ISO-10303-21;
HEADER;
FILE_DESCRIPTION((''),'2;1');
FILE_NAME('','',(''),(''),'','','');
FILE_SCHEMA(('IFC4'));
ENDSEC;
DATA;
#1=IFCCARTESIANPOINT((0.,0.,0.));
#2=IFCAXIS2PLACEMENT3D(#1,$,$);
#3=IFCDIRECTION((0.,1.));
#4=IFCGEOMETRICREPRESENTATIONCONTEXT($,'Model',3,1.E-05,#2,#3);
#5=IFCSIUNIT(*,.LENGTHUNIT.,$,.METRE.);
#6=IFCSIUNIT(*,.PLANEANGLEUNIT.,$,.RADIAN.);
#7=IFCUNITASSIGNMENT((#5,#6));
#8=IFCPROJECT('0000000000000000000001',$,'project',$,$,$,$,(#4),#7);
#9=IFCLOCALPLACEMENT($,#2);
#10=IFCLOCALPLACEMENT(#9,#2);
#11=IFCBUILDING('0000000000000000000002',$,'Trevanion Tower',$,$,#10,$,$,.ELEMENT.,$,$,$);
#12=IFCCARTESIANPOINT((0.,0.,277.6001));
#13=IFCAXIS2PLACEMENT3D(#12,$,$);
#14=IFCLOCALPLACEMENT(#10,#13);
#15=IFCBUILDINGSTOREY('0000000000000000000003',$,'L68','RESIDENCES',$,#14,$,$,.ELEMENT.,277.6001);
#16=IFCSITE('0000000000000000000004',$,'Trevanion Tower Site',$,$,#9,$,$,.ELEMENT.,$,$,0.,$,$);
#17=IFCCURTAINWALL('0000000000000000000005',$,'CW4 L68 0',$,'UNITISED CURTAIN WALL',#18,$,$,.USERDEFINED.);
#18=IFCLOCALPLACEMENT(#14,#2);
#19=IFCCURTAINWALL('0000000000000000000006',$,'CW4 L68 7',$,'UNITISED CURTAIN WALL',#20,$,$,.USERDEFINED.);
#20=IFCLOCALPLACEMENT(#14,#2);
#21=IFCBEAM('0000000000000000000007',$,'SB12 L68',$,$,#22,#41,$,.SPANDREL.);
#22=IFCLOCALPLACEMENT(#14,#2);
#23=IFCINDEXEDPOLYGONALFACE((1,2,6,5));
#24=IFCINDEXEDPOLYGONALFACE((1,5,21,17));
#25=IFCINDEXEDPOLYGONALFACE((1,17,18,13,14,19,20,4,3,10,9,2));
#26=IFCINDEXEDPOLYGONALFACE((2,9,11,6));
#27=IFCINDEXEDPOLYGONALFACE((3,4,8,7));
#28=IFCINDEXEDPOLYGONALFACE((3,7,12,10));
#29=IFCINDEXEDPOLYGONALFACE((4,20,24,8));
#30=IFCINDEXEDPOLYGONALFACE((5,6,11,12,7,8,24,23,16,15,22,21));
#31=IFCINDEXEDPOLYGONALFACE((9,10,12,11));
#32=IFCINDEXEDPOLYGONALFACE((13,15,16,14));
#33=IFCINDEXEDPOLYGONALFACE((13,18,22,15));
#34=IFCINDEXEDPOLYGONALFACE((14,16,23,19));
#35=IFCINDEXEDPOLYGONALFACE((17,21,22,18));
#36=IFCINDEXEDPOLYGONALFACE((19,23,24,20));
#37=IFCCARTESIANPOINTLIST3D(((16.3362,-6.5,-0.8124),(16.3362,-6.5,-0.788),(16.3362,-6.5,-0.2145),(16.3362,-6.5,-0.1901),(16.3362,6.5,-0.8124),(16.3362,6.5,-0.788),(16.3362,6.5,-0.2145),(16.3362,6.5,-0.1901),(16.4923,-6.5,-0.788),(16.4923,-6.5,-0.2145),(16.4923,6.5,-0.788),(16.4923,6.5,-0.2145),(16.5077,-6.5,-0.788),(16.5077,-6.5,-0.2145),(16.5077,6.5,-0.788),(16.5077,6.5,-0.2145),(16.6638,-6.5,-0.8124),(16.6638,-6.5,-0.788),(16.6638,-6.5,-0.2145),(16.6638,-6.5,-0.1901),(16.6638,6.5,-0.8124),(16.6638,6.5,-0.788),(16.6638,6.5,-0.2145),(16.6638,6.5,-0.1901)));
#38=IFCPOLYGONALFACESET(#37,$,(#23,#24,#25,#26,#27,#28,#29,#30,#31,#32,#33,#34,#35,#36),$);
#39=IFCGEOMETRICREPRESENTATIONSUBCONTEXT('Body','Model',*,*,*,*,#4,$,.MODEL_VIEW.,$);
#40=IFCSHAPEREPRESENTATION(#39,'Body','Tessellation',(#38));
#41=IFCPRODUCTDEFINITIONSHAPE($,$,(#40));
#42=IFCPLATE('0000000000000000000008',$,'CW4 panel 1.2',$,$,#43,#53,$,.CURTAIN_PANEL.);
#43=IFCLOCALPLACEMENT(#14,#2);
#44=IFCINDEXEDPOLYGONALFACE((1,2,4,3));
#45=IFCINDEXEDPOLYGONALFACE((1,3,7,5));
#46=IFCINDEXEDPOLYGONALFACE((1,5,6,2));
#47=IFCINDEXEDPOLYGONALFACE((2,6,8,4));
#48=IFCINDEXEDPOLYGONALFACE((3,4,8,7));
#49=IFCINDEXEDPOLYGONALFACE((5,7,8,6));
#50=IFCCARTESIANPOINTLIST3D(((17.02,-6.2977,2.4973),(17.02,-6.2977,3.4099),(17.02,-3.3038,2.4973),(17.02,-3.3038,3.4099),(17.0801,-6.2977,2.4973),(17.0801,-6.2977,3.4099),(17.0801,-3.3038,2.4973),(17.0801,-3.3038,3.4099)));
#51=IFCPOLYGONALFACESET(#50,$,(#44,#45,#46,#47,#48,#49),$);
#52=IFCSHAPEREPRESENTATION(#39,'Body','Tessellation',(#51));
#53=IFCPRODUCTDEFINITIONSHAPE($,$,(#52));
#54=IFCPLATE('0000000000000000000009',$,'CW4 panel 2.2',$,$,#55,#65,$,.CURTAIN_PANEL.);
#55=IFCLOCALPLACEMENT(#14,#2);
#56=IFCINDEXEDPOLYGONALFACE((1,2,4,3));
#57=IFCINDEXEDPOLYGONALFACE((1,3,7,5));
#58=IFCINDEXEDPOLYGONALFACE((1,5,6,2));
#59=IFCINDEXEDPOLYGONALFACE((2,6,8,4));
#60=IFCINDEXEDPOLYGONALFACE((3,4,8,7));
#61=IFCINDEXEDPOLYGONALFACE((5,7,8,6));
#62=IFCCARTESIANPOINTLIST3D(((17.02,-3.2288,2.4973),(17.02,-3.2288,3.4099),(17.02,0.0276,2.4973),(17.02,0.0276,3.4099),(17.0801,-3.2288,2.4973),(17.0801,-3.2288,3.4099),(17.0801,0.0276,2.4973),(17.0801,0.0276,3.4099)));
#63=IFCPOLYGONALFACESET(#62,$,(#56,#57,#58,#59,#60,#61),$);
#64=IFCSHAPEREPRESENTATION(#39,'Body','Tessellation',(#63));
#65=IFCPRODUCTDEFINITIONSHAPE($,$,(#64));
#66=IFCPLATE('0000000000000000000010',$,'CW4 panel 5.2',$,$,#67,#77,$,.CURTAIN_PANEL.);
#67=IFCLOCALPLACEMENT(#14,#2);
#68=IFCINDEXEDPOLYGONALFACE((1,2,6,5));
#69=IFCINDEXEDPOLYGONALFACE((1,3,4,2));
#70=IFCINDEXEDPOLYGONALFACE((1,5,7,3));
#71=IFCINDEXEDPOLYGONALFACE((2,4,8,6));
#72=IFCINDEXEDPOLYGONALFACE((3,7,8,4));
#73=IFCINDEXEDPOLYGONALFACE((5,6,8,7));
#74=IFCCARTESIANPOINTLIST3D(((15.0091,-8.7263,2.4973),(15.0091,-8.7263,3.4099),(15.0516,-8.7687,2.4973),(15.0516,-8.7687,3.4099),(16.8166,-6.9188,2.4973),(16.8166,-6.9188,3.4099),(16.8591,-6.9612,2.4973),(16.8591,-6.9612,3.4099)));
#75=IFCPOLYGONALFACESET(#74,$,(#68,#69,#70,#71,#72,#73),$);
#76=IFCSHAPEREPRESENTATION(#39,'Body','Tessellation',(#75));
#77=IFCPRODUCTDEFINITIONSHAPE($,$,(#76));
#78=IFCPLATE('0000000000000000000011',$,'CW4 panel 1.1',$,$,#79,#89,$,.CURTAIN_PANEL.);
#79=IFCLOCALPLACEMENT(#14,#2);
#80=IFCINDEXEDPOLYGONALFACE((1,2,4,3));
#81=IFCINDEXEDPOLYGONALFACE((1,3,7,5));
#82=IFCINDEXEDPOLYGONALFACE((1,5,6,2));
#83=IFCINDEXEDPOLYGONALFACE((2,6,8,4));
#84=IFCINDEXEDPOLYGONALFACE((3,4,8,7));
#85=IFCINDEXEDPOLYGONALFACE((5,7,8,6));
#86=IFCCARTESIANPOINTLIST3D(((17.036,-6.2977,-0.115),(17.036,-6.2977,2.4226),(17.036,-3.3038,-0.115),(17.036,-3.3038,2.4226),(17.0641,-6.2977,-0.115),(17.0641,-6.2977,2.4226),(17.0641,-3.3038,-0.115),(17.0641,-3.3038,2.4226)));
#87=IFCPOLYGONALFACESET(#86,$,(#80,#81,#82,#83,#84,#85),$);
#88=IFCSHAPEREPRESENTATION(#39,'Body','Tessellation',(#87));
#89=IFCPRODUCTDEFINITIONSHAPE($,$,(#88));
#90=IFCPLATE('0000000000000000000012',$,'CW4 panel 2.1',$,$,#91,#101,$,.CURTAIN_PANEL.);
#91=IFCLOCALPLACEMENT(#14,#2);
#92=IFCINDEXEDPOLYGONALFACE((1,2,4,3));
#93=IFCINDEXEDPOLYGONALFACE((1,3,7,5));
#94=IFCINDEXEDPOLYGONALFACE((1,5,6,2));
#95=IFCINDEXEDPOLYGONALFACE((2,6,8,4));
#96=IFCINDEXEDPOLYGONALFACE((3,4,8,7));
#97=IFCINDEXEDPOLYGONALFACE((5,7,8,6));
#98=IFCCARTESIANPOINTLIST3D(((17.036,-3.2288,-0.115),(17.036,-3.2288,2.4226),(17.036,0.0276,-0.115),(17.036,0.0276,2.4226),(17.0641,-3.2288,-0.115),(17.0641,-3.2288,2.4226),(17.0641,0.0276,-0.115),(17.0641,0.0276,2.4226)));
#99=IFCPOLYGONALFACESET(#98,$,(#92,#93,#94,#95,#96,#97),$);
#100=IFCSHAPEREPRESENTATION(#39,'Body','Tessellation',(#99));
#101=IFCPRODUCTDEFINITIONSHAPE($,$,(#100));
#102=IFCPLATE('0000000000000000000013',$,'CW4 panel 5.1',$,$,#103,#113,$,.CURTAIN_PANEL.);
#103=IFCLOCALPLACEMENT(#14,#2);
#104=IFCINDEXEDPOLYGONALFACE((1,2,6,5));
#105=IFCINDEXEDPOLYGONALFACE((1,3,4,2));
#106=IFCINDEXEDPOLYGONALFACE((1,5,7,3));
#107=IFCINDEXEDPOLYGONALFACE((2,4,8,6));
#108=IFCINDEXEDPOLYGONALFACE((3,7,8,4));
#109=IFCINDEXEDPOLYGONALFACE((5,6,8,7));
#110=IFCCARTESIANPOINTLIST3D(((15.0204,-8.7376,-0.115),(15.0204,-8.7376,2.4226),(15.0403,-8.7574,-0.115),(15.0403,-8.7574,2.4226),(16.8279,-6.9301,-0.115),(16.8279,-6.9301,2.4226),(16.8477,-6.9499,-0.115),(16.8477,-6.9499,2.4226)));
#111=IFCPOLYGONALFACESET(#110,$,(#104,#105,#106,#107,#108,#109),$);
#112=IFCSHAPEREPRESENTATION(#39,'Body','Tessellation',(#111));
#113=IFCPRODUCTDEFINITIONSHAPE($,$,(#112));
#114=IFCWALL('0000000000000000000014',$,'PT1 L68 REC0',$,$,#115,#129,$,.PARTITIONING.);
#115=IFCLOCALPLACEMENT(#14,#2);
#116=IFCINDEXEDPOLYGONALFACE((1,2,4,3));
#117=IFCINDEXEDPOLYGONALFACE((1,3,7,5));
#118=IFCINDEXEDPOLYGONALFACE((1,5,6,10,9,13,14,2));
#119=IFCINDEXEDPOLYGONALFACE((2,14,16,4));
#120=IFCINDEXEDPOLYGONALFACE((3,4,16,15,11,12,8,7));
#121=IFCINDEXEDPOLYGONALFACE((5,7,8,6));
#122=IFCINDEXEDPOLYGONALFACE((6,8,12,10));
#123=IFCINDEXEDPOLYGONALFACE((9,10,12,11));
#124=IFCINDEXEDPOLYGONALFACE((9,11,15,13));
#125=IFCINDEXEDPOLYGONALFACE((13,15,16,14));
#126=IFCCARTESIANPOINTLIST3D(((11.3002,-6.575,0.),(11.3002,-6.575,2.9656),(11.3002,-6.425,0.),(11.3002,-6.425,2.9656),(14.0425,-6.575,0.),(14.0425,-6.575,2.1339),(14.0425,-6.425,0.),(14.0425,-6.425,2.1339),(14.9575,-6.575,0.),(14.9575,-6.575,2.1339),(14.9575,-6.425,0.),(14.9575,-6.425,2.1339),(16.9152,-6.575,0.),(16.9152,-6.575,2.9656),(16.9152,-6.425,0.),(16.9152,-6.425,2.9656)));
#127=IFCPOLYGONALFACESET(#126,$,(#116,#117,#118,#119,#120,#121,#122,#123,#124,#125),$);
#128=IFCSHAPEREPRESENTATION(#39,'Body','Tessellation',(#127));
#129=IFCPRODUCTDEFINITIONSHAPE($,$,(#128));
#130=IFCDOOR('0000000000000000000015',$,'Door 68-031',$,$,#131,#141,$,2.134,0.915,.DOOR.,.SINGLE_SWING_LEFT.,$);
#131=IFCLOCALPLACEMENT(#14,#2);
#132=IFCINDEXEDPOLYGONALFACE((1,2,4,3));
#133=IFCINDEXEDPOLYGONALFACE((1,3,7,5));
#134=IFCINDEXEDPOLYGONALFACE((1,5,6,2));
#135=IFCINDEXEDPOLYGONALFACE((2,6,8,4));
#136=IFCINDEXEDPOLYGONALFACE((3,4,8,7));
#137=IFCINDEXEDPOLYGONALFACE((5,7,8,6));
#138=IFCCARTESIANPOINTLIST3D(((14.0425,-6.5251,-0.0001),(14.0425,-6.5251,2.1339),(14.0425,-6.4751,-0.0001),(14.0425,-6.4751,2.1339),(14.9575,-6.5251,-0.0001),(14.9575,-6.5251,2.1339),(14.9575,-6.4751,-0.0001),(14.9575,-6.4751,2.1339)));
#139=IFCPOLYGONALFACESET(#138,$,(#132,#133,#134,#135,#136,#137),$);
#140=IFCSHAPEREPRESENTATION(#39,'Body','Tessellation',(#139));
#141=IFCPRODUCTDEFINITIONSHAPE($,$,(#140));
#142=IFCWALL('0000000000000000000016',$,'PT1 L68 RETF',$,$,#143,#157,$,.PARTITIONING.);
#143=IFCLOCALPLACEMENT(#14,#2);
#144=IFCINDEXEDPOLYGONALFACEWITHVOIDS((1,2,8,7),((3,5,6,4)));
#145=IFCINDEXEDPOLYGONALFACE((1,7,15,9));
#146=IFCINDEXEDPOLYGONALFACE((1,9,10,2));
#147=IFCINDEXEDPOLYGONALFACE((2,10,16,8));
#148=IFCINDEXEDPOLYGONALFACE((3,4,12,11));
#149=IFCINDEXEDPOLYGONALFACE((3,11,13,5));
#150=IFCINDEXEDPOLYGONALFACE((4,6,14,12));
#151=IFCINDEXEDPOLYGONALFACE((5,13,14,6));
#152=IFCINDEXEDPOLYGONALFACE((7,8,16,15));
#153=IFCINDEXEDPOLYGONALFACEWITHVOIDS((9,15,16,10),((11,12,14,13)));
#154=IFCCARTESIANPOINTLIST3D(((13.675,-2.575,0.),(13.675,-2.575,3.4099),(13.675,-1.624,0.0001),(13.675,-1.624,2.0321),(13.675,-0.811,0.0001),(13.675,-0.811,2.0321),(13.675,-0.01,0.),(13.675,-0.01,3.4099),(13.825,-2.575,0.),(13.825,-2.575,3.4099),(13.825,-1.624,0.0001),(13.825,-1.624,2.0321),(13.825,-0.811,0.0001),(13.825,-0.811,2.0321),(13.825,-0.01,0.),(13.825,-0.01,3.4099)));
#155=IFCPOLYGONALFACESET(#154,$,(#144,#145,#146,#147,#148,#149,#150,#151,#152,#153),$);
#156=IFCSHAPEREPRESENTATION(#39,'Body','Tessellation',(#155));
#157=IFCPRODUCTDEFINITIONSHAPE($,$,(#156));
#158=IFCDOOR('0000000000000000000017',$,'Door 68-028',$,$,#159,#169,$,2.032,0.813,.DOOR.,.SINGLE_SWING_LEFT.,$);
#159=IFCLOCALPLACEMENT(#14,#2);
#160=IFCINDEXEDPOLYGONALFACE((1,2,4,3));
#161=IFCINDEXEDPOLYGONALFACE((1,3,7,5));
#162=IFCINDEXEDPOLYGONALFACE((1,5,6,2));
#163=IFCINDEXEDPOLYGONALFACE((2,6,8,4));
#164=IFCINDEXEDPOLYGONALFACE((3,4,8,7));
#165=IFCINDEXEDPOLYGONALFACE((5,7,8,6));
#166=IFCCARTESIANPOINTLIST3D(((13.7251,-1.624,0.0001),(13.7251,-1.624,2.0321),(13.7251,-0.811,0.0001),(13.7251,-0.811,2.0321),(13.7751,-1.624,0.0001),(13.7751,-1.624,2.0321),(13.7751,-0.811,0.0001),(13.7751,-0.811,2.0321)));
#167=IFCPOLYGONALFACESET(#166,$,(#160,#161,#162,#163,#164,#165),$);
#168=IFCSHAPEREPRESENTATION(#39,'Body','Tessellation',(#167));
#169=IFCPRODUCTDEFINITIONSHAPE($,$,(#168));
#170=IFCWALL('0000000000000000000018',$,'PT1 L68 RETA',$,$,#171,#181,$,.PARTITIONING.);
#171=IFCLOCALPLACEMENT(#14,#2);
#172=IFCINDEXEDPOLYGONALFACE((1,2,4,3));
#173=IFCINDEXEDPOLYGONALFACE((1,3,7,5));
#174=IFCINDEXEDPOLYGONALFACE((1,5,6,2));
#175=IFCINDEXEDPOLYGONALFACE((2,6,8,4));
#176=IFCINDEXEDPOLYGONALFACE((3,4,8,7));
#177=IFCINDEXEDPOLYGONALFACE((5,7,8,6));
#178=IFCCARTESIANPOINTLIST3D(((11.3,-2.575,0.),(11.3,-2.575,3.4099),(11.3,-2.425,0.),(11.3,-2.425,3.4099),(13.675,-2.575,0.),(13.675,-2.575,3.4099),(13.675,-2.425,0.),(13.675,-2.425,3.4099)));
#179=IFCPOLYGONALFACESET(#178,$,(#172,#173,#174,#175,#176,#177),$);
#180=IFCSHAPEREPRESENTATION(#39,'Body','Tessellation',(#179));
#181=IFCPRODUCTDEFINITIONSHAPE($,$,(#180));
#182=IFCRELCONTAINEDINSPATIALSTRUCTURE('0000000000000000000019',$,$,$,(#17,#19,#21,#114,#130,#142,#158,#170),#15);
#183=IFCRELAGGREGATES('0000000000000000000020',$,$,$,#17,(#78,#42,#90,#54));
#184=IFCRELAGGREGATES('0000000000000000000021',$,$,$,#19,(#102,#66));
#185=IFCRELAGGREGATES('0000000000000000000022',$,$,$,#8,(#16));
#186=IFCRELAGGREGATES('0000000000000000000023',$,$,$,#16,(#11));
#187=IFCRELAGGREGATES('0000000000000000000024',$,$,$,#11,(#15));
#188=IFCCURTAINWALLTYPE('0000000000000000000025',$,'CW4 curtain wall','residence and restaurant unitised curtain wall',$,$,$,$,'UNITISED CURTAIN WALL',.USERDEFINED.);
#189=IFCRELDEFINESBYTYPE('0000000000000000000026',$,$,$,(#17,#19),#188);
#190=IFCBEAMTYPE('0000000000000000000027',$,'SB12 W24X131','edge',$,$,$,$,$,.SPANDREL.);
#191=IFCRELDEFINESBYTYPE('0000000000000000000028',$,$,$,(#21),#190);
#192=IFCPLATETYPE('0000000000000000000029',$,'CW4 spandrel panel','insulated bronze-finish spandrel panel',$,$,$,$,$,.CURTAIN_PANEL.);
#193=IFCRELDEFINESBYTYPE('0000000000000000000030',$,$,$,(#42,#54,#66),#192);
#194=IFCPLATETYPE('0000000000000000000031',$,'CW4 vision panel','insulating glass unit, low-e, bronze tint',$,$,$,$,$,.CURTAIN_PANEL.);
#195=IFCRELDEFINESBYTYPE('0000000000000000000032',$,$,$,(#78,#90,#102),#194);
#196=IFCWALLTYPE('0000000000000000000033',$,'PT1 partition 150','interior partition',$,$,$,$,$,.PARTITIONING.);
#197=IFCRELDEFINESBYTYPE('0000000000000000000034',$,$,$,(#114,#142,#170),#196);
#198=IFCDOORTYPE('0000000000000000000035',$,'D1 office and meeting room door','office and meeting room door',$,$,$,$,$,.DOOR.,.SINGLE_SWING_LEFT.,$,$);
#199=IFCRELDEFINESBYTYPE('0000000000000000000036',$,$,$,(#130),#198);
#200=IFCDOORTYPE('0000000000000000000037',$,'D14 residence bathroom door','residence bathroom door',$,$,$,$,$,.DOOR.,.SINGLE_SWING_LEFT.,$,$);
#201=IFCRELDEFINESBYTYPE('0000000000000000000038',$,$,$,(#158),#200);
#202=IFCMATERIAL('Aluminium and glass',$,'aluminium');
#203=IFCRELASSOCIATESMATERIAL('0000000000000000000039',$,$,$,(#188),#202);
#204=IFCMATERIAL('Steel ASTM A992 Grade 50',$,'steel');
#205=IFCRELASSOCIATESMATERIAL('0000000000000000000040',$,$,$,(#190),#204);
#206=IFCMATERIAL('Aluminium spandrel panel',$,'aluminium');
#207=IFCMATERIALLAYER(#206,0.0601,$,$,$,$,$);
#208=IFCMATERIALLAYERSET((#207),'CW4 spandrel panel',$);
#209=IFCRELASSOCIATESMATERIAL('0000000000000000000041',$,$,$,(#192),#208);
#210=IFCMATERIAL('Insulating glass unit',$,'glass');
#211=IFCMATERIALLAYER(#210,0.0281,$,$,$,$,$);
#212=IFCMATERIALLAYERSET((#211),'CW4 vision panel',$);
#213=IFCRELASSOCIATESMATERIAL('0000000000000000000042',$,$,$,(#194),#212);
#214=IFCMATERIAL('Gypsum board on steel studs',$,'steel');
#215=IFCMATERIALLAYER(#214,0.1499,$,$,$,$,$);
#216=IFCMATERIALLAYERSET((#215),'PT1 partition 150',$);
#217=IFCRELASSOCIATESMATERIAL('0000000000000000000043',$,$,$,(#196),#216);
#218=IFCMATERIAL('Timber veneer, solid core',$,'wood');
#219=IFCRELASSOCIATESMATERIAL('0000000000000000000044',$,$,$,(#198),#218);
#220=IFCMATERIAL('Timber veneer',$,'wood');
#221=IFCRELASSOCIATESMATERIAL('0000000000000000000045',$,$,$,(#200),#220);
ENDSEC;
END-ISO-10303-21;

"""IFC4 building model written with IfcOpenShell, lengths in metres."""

from ifc_helpers import new_model, si_unit, direction, frame, frame_2d, origin, origin_2d, place, context, subcontext, project, spatial, rectangle, i_section, extrude, material, layer, layer_set, material_profile, profile_set, type_object, element, fill, aggregate, save


model = new_model("IFC4")

# Units and contexts
model_context = context("Model", 3, precision=1e-05, world=origin(), true_north=direction((0.0, 1.0)))
body_context = subcontext(model_context, "Body", "Model", "MODEL_VIEW")
ifc_project = project(units=[si_unit("LENGTHUNIT", "METRE"), si_unit("PLANEANGLEUNIT", "RADIAN")], contexts=[model_context])

# Site, building, storey
site_placement = place(None, origin())
site = spatial("IfcSite", under=ifc_project, at=site_placement, Name="Trevanion Tower Site", CompositionType="ELEMENT", RefElevation=0.0)
building_placement = place(site_placement, origin())
building = spatial("IfcBuilding", under=site, at=building_placement, Name="Trevanion Tower", CompositionType="ELEMENT")
storey_placement = place(building_placement, frame((0.0, 0.0, 277.6001)))
storey = spatial("IfcBuildingStorey", under=building, at=storey_placement, Name="L68", Description="RESIDENCES", CompositionType="ELEMENT", Elevation=277.6001)

# Curtain wall
ifc_material_1 = material(Name="Aluminium and glass", Category="aluminium")
curtain_wall_type = type_object("IfcCurtainWallType", Name="CW4 curtain wall", Description="residence and restaurant unitised curtain wall", ElementType="UNITISED CURTAIN WALL", PredefinedType="USERDEFINED", material=ifc_material_1)
curtain_wall_1_placement = place(storey_placement, origin())
curtain_wall_1 = element("IfcCurtainWall", 1, at=curtain_wall_1_placement, inside=storey, type_object=curtain_wall_type, Name="CW4 L68 0", ObjectType="UNITISED CURTAIN WALL", PredefinedType="USERDEFINED")

# Curtain wall
curtain_wall_2_placement = place(storey_placement, origin())
curtain_wall_2 = element("IfcCurtainWall", 2, at=curtain_wall_2_placement, inside=storey, type_object=curtain_wall_type, Name="CW4 L68 7", ObjectType="UNITISED CURTAIN WALL", PredefinedType="USERDEFINED")

# Beam
ifc_material_2 = material(Name="Steel ASTM A992 Grade 50", Category="steel")
ifc_material_profile_1 = material_profile(ifc_material_2, i_section(OverallWidth=0.3276, OverallDepth=0.6223, WebThickness=0.0154, FlangeThickness=0.0244, at=origin_2d()), Name="W24X131")
ifc_profile_set_1 = profile_set([ifc_material_profile_1], Name="Steel ASTM A992 Grade 50")
beam_type_1 = type_object("IfcBeamType", Name="SB12 W24X131", Description="edge", PredefinedType="SPANDREL", material=ifc_profile_set_1)
beam_1_placement = place(storey_placement, frame((16.5, -6.5, -0.5012), z_axis=(0.0, 1.0, 0.0), x_axis=(-1.0, 0.0, 0.0)))
element("IfcBeam", 3, at=beam_1_placement, inside=storey, type_object=beam_type_1, Name="SB12 L68", PredefinedType="SPANDREL", context=body_context, shape_type="SweptSolid", body=[
    extrude(i_section(OverallWidth=0.3276, OverallDepth=0.6223, WebThickness=0.0154, FlangeThickness=0.0244, at=origin_2d()), origin(), (0.0, 0.0, 1.0), 13.0),
])

# Plates
ifc_material_3 = material(Name="Aluminium spandrel panel", Category="aluminium")
ifc_layer_1 = layer(ifc_material_3, 0.0601)
ifc_layer_set_1 = layer_set([ifc_layer_1], Name="CW4 spandrel panel")
plate_type_1 = type_object("IfcPlateType", Name="CW4 spandrel panel", Description="insulated bronze-finish spandrel panel", PredefinedType="CURTAIN_PANEL", material=ifc_layer_set_1)
plate_1_placement = place(storey_placement, frame((17.05, -4.8008, 2.4973), z_axis=(0.0, 0.0, 1.0), x_axis=(0.0, 1.0, 0.0)))
plate_1 = element("IfcPlate", 4, at=plate_1_placement, type_object=plate_type_1, Name="CW4 panel 1.2", PredefinedType="CURTAIN_PANEL", context=body_context, shape_type="SweptSolid", body=[
    extrude(rectangle(XDim=2.9939, YDim=0.0601, at=origin_2d()), origin(), (0.0, 0.0, 1.0), 0.9126),
])
plate_2_placement = place(storey_placement, frame((17.05, -1.6006, 2.4973), z_axis=(0.0, 0.0, 1.0), x_axis=(0.0, 1.0, 0.0)))
plate_2 = element("IfcPlate", 5, at=plate_2_placement, type_object=plate_type_1, Name="CW4 panel 2.2", PredefinedType="CURTAIN_PANEL", context=body_context, shape_type="SweptSolid", body=[
    extrude(rectangle(XDim=3.2563, YDim=0.0601, at=origin_2d()), origin(), (0.0, 0.0, 1.0), 0.9126),
])
plate_3_placement = place(storey_placement, frame((15.9341, -7.8438, 2.4973), z_axis=(0.0, 0.0, 1.0), x_axis=(0.707107, 0.707107, 0.0)))
plate_3 = element("IfcPlate", 6, at=plate_3_placement, type_object=plate_type_1, Name="CW4 panel 5.2", PredefinedType="CURTAIN_PANEL", context=body_context, shape_type="SweptSolid", body=[
    extrude(rectangle(XDim=2.5562, YDim=0.0601, at=origin_2d()), origin(), (0.0, 0.0, 1.0), 0.9126),
])
ifc_material_4 = material(Name="Insulating glass unit", Category="glass")
ifc_layer_2 = layer(ifc_material_4, 0.0281)
ifc_layer_set_2 = layer_set([ifc_layer_2], Name="CW4 vision panel")
plate_type_2 = type_object("IfcPlateType", Name="CW4 vision panel", Description="insulating glass unit, low-e, bronze tint", PredefinedType="CURTAIN_PANEL", material=ifc_layer_set_2)
plate_4_placement = place(storey_placement, frame((17.05, -4.8008, -0.115), z_axis=(0.0, 0.0, 1.0), x_axis=(0.0, 1.0, 0.0)))
plate_4 = element("IfcPlate", 7, at=plate_4_placement, type_object=plate_type_2, Name="CW4 panel 1.1", PredefinedType="CURTAIN_PANEL", context=body_context, shape_type="SweptSolid", body=[
    extrude(rectangle(XDim=2.9939, YDim=0.0281, at=origin_2d()), origin(), (0.0, 0.0, 1.0), 2.5376),
])
plate_5_placement = place(storey_placement, frame((17.05, -1.6006, -0.115), z_axis=(0.0, 0.0, 1.0), x_axis=(0.0, 1.0, 0.0)))
plate_5 = element("IfcPlate", 8, at=plate_5_placement, type_object=plate_type_2, Name="CW4 panel 2.1", PredefinedType="CURTAIN_PANEL", context=body_context, shape_type="SweptSolid", body=[
    extrude(rectangle(XDim=3.2563, YDim=0.0281, at=origin_2d()), origin(), (0.0, 0.0, 1.0), 2.5376),
])
aggregate(curtain_wall_1, [plate_4, plate_1, plate_5, plate_2])
plate_6_placement = place(storey_placement, frame((15.9341, -7.8438, -0.115), z_axis=(0.0, 0.0, 1.0), x_axis=(0.707107, 0.707107, 0.0)))
plate_6 = element("IfcPlate", 9, at=plate_6_placement, type_object=plate_type_2, Name="CW4 panel 5.1", PredefinedType="CURTAIN_PANEL", context=body_context, shape_type="SweptSolid", body=[
    extrude(rectangle(XDim=2.5562, YDim=0.0281, at=origin_2d()), origin(), (0.0, 0.0, 1.0), 2.5376),
])
aggregate(curtain_wall_2, [plate_6, plate_3])

# Walls, openings, doors
ifc_material_5 = material(Name="Gypsum board on steel studs", Category="steel")
ifc_layer_3 = layer(ifc_material_5, 0.1499)
ifc_layer_set_3 = layer_set([ifc_layer_3], Name="PT1 partition 150")
wall_type = type_object("IfcWallType", Name="PT1 partition 150", Description="interior partition", PredefinedType="PARTITIONING", material=ifc_layer_set_3)
wall_1_placement = place(storey_placement, frame((11.3, -6.5, 0.0), z_axis=(0.0, 0.0, 1.0), x_axis=(1.0, 0.0, 0.0)))
wall_1 = element("IfcWall", 10, at=wall_1_placement, inside=storey, type_object=wall_type, Name="PT1 L68 REC0", PredefinedType="PARTITIONING", context=body_context, shape_type="SweptSolid", body=[
    extrude(rectangle(XDim=5.615, YDim=0.1499, at=frame_2d((2.8076, 0.0))), origin(), (0.0, 0.0, 1.0), 2.9656),
])
opening_1_placement = place(wall_1_placement, frame((2.7424, 0.0, 0.0)))
opening_1 = element("IfcOpeningElement", 11, at=opening_1_placement, cuts=wall_1, PredefinedType="OPENING", context=body_context, shape_type="SweptSolid", body=[
    extrude(rectangle(XDim=0.915, YDim=2.134, at=frame_2d((0.4575, 1.0669))), frame((0.0, 0.085, 0.0), z_axis=(0.0, -1.0, 0.0), x_axis=(1.0, 0.0, 0.0)), (0.0, 0.0, 1.0), 0.1699),
])
ifc_material_6 = material(Name="Timber veneer, solid core", Category="wood")
door_type_1 = type_object("IfcDoorType", Name="D1 office and meeting room door", Description="office and meeting room door", OperationType="SINGLE_SWING_LEFT", PredefinedType="DOOR", material=ifc_material_6)
door_1_placement = place(opening_1_placement, origin())
door_1 = element("IfcDoor", 12, at=door_1_placement, inside=storey, type_object=door_type_1, Name="Door 68-031", OperationType="SINGLE_SWING_LEFT", OverallHeight=2.134, OverallWidth=0.915, PredefinedType="DOOR", context=body_context, shape_type="SweptSolid", body=[
    extrude(rectangle(XDim=0.915, YDim=2.134, at=frame_2d((0.4575, 1.0669))), frame((0.0, 0.0249, 0.0), z_axis=(0.0, -1.0, 0.0), x_axis=(1.0, 0.0, 0.0)), (0.0, 0.0, 1.0), 0.05),
])
fill(opening_1, door_1)
wall_2_placement = place(storey_placement, frame((13.75, -2.575, 0.0), z_axis=(0.0, 0.0, 1.0), x_axis=(0.0, 1.0, 0.0)))
wall_2 = element("IfcWall", 13, at=wall_2_placement, inside=storey, type_object=wall_type, Name="PT1 L68 RETF", PredefinedType="PARTITIONING", context=body_context, shape_type="SweptSolid", body=[
    extrude(rectangle(XDim=2.5649, YDim=0.1499, at=frame_2d((1.2825, 0.0))), origin(), (0.0, 0.0, 1.0), 3.4099),
])
opening_2_placement = place(wall_2_placement, frame((0.9509, 0.0, 0.0)))
opening_2 = element("IfcOpeningElement", 14, at=opening_2_placement, cuts=wall_2, PredefinedType="OPENING", context=body_context, shape_type="SweptSolid", body=[
    extrude(rectangle(XDim=0.813, YDim=2.032, at=frame_2d((0.4065, 1.0161))), frame((0.0, 0.085, 0.0), z_axis=(0.0, -1.0, 0.0), x_axis=(1.0, 0.0, 0.0)), (0.0, 0.0, 1.0), 0.1699),
])
ifc_material_7 = material(Name="Timber veneer", Category="wood")
door_type_2 = type_object("IfcDoorType", Name="D14 residence bathroom door", Description="residence bathroom door", OperationType="SINGLE_SWING_LEFT", PredefinedType="DOOR", material=ifc_material_7)
door_2_placement = place(opening_2_placement, origin())
door_2 = element("IfcDoor", 15, at=door_2_placement, inside=storey, type_object=door_type_2, Name="Door 68-028", OperationType="SINGLE_SWING_LEFT", OverallHeight=2.032, OverallWidth=0.813, PredefinedType="DOOR", context=body_context, shape_type="SweptSolid", body=[
    extrude(rectangle(XDim=0.813, YDim=2.032, at=frame_2d((0.4065, 1.0161))), frame((0.0, 0.0249, 0.0), z_axis=(0.0, -1.0, 0.0), x_axis=(1.0, 0.0, 0.0)), (0.0, 0.0, 1.0), 0.05),
])
fill(opening_2, door_2)

# Wall
wall_3_placement = place(storey_placement, frame((11.3, -2.5, 0.0), z_axis=(0.0, 0.0, 1.0), x_axis=(1.0, 0.0, 0.0)))
element("IfcWall", 16, at=wall_3_placement, inside=storey, type_object=wall_type, Name="PT1 L68 RETA", PredefinedType="PARTITIONING", context=body_context, shape_type="SweptSolid", body=[
    extrude(rectangle(XDim=2.375, YDim=0.1499, at=frame_2d((1.1875, 0.0))), origin(), (0.0, 0.0, 1.0), 3.4099),
])

save(model, "model.ifc")
